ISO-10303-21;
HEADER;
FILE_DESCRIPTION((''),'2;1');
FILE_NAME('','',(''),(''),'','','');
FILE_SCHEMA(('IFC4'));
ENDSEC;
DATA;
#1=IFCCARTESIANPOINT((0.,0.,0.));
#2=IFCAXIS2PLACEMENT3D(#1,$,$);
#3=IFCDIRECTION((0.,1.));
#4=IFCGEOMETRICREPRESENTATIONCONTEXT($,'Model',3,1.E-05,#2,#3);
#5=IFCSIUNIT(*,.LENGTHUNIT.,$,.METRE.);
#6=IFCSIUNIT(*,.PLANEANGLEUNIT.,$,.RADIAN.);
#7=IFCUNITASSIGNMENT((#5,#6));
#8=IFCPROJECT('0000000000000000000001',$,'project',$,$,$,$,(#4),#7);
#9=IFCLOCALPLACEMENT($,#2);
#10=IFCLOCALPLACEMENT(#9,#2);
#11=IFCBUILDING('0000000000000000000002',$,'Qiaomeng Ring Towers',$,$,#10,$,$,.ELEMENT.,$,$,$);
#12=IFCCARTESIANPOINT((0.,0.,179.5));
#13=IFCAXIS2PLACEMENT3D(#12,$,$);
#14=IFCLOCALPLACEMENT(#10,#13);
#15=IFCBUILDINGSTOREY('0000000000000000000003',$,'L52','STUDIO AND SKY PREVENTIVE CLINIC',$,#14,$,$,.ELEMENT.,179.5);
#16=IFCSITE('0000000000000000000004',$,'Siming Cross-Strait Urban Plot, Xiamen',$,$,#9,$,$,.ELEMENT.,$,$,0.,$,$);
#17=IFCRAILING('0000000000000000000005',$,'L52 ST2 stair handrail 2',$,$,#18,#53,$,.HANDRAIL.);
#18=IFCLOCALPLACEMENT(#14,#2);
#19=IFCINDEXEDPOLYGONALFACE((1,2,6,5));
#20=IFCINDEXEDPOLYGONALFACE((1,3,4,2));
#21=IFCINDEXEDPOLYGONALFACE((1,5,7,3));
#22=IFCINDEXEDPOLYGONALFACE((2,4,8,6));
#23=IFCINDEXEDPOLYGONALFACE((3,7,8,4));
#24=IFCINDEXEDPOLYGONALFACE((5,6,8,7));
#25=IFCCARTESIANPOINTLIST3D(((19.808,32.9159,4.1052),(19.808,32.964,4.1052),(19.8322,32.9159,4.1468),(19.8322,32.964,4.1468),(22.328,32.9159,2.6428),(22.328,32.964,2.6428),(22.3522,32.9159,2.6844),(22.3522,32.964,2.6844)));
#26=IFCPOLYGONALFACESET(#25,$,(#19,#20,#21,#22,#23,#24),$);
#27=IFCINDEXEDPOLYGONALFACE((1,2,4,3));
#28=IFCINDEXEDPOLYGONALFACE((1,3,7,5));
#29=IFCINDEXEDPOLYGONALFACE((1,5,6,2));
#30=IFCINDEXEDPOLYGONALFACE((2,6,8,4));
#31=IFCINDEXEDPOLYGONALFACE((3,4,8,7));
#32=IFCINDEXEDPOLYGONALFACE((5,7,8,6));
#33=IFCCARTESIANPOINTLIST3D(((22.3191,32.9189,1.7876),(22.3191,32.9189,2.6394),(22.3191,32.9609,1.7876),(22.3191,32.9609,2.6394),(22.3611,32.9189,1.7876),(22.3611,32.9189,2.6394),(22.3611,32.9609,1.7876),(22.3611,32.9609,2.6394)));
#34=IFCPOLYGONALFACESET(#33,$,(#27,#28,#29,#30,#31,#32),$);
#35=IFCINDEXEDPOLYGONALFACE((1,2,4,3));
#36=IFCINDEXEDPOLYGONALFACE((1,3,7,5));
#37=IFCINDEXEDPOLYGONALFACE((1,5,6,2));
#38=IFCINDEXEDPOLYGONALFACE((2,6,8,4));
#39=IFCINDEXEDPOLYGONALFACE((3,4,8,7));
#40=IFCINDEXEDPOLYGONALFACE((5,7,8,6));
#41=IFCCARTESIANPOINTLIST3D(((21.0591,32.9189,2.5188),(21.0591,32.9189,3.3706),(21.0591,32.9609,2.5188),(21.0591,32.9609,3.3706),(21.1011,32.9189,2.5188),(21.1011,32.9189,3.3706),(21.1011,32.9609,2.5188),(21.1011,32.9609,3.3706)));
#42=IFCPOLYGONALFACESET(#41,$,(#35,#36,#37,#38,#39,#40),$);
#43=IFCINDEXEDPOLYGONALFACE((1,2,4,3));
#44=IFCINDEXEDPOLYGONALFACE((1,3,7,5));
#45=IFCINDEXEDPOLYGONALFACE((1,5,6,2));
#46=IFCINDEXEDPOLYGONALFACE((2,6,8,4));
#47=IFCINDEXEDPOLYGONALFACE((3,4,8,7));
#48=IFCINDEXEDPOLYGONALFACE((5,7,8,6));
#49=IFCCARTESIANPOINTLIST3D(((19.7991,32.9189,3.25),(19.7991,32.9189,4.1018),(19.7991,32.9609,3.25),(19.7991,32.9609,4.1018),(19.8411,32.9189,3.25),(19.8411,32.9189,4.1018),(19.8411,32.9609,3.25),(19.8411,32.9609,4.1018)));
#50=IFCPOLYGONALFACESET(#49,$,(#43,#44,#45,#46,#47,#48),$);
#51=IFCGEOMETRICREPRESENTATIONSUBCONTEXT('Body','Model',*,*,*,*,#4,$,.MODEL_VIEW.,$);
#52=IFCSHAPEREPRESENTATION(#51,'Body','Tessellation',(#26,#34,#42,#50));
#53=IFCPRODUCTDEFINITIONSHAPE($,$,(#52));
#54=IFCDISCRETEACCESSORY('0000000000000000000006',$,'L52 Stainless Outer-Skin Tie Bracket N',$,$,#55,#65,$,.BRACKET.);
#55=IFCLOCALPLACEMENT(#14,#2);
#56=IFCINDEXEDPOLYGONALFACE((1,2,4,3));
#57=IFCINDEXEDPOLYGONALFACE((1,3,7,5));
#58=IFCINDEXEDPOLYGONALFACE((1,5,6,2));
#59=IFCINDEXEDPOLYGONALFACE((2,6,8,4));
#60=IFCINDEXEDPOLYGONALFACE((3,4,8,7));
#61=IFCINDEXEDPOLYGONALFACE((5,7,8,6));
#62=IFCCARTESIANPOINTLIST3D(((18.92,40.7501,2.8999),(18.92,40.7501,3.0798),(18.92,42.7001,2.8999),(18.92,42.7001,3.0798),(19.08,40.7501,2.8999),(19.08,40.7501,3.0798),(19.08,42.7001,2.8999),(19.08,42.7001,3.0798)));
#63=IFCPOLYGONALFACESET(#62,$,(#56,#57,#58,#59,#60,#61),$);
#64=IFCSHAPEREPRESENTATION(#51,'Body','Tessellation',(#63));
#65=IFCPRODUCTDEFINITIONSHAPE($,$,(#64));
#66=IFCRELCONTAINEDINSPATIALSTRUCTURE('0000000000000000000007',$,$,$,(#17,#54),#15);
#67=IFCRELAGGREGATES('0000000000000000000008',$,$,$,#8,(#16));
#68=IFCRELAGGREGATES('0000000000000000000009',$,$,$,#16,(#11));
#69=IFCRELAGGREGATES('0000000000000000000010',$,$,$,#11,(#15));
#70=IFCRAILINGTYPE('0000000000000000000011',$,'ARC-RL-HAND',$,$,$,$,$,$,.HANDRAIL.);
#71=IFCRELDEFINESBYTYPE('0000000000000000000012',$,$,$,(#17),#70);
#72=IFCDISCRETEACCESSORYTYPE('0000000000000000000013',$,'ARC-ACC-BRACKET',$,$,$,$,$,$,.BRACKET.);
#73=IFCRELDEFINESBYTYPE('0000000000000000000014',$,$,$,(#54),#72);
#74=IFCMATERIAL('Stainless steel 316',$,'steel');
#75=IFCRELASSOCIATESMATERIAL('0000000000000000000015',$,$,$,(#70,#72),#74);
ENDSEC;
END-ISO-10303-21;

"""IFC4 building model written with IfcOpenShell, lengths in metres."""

from ifc_helpers import new_model, si_unit, direction, frame, origin, origin_2d, place, context, subcontext, project, spatial, rectangle, extrude, source, transform, mapped, material, type_object, element, save


model = new_model("IFC4")

# Units and contexts
model_context = context("Model", 3, precision=1e-05, world=origin(), true_north=direction((0.0, 1.0)))
body_context = subcontext(model_context, "Body", "Model", "MODEL_VIEW")
ifc_project = project(units=[si_unit("LENGTHUNIT", "METRE"), si_unit("PLANEANGLEUNIT", "RADIAN")], contexts=[model_context])

# Site, building, storey
site_placement = place(None, origin())
site = spatial("IfcSite", under=ifc_project, at=site_placement, Name="Siming Cross-Strait Urban Plot, Xiamen", CompositionType="ELEMENT", RefElevation=0.0)
building_placement = place(site_placement, origin())
building = spatial("IfcBuilding", under=site, at=building_placement, Name="Qiaomeng Ring Towers", CompositionType="ELEMENT")
storey_placement = place(building_placement, frame((0.0, 0.0, 179.5)))
storey = spatial("IfcBuildingStorey", under=building, at=storey_placement, Name="L52", Description="STUDIO AND SKY PREVENTIVE CLINIC", CompositionType="ELEMENT", Elevation=179.5)

# Railing
ifc_material_1 = material(Name="Stainless steel 316", Category="steel")
railing_type_1 = type_object("IfcRailingType", Name="ARC-RL-HAND", PredefinedType="HANDRAIL", material=ifc_material_1)
railing_1_placement = place(storey_placement, frame((22.3401, 32.9399, 1.7876)))
element("IfcRailing", 1, at=railing_1_placement, inside=storey, type_object=railing_type_1, Name="L52 ST2 stair handrail 2", PredefinedType="HANDRAIL", context=body_context, shape_type="SweptSolid", body=[
    extrude(rectangle(XDim=0.0481, YDim=0.0481, at=origin_2d()), frame((0.0, 0.0, 0.876), z_axis=(-0.864913, 0.0, 0.501921), x_axis=(0.0, -1.0, 0.0)), (0.0, 0.0, 1.0), 2.9136),
    extrude(rectangle(XDim=0.042, YDim=0.042, at=origin_2d()), origin(), (0.0, 0.0, 1.0), 0.8518),
    extrude(rectangle(XDim=0.042, YDim=0.042, at=origin_2d()), frame((-1.26, 0.0, 0.7312)), (0.0, 0.0, 1.0), 0.8518),
    extrude(rectangle(XDim=0.042, YDim=0.042, at=origin_2d()), frame((-2.52, 0.0, 1.4624)), (0.0, 0.0, 1.0), 0.8518),
])

# Discrete accessory
discrete_accessory_type = type_object("IfcDiscreteAccessoryType", Name="ARC-ACC-BRACKET", PredefinedType="BRACKET", material=ifc_material_1)
shared_shape_1 = source(origin(), body_context, "Body", "SweptSolid", [
    extrude(rectangle(XDim=0.1599, YDim=1.95, at=origin_2d()), origin(), (0.0, 0.0, 1.0), 0.1799),
])
discrete_accessory_placement = place(storey_placement, frame((19.0, 41.7251, 2.8999), z_axis=(0.0, 0.0, 1.0), x_axis=(1.0, 0.0, 0.0)))
element("IfcDiscreteAccessory", 2, at=discrete_accessory_placement, inside=storey, type_object=discrete_accessory_type, Name="L52 Stainless Outer-Skin Tie Bracket N", PredefinedType="BRACKET", context=body_context, shape_type="MappedRepresentation", body=[
    mapped(shared_shape_1, transform((0.0, 0.0, 0.0), x_axis=(1.0, 0.0, 0.0), y_axis=(0.0, 1.0, 0.0), z_axis=(0.0, 0.0, 1.0), scale=1.0)),
])

save(model, "model.ifc")
